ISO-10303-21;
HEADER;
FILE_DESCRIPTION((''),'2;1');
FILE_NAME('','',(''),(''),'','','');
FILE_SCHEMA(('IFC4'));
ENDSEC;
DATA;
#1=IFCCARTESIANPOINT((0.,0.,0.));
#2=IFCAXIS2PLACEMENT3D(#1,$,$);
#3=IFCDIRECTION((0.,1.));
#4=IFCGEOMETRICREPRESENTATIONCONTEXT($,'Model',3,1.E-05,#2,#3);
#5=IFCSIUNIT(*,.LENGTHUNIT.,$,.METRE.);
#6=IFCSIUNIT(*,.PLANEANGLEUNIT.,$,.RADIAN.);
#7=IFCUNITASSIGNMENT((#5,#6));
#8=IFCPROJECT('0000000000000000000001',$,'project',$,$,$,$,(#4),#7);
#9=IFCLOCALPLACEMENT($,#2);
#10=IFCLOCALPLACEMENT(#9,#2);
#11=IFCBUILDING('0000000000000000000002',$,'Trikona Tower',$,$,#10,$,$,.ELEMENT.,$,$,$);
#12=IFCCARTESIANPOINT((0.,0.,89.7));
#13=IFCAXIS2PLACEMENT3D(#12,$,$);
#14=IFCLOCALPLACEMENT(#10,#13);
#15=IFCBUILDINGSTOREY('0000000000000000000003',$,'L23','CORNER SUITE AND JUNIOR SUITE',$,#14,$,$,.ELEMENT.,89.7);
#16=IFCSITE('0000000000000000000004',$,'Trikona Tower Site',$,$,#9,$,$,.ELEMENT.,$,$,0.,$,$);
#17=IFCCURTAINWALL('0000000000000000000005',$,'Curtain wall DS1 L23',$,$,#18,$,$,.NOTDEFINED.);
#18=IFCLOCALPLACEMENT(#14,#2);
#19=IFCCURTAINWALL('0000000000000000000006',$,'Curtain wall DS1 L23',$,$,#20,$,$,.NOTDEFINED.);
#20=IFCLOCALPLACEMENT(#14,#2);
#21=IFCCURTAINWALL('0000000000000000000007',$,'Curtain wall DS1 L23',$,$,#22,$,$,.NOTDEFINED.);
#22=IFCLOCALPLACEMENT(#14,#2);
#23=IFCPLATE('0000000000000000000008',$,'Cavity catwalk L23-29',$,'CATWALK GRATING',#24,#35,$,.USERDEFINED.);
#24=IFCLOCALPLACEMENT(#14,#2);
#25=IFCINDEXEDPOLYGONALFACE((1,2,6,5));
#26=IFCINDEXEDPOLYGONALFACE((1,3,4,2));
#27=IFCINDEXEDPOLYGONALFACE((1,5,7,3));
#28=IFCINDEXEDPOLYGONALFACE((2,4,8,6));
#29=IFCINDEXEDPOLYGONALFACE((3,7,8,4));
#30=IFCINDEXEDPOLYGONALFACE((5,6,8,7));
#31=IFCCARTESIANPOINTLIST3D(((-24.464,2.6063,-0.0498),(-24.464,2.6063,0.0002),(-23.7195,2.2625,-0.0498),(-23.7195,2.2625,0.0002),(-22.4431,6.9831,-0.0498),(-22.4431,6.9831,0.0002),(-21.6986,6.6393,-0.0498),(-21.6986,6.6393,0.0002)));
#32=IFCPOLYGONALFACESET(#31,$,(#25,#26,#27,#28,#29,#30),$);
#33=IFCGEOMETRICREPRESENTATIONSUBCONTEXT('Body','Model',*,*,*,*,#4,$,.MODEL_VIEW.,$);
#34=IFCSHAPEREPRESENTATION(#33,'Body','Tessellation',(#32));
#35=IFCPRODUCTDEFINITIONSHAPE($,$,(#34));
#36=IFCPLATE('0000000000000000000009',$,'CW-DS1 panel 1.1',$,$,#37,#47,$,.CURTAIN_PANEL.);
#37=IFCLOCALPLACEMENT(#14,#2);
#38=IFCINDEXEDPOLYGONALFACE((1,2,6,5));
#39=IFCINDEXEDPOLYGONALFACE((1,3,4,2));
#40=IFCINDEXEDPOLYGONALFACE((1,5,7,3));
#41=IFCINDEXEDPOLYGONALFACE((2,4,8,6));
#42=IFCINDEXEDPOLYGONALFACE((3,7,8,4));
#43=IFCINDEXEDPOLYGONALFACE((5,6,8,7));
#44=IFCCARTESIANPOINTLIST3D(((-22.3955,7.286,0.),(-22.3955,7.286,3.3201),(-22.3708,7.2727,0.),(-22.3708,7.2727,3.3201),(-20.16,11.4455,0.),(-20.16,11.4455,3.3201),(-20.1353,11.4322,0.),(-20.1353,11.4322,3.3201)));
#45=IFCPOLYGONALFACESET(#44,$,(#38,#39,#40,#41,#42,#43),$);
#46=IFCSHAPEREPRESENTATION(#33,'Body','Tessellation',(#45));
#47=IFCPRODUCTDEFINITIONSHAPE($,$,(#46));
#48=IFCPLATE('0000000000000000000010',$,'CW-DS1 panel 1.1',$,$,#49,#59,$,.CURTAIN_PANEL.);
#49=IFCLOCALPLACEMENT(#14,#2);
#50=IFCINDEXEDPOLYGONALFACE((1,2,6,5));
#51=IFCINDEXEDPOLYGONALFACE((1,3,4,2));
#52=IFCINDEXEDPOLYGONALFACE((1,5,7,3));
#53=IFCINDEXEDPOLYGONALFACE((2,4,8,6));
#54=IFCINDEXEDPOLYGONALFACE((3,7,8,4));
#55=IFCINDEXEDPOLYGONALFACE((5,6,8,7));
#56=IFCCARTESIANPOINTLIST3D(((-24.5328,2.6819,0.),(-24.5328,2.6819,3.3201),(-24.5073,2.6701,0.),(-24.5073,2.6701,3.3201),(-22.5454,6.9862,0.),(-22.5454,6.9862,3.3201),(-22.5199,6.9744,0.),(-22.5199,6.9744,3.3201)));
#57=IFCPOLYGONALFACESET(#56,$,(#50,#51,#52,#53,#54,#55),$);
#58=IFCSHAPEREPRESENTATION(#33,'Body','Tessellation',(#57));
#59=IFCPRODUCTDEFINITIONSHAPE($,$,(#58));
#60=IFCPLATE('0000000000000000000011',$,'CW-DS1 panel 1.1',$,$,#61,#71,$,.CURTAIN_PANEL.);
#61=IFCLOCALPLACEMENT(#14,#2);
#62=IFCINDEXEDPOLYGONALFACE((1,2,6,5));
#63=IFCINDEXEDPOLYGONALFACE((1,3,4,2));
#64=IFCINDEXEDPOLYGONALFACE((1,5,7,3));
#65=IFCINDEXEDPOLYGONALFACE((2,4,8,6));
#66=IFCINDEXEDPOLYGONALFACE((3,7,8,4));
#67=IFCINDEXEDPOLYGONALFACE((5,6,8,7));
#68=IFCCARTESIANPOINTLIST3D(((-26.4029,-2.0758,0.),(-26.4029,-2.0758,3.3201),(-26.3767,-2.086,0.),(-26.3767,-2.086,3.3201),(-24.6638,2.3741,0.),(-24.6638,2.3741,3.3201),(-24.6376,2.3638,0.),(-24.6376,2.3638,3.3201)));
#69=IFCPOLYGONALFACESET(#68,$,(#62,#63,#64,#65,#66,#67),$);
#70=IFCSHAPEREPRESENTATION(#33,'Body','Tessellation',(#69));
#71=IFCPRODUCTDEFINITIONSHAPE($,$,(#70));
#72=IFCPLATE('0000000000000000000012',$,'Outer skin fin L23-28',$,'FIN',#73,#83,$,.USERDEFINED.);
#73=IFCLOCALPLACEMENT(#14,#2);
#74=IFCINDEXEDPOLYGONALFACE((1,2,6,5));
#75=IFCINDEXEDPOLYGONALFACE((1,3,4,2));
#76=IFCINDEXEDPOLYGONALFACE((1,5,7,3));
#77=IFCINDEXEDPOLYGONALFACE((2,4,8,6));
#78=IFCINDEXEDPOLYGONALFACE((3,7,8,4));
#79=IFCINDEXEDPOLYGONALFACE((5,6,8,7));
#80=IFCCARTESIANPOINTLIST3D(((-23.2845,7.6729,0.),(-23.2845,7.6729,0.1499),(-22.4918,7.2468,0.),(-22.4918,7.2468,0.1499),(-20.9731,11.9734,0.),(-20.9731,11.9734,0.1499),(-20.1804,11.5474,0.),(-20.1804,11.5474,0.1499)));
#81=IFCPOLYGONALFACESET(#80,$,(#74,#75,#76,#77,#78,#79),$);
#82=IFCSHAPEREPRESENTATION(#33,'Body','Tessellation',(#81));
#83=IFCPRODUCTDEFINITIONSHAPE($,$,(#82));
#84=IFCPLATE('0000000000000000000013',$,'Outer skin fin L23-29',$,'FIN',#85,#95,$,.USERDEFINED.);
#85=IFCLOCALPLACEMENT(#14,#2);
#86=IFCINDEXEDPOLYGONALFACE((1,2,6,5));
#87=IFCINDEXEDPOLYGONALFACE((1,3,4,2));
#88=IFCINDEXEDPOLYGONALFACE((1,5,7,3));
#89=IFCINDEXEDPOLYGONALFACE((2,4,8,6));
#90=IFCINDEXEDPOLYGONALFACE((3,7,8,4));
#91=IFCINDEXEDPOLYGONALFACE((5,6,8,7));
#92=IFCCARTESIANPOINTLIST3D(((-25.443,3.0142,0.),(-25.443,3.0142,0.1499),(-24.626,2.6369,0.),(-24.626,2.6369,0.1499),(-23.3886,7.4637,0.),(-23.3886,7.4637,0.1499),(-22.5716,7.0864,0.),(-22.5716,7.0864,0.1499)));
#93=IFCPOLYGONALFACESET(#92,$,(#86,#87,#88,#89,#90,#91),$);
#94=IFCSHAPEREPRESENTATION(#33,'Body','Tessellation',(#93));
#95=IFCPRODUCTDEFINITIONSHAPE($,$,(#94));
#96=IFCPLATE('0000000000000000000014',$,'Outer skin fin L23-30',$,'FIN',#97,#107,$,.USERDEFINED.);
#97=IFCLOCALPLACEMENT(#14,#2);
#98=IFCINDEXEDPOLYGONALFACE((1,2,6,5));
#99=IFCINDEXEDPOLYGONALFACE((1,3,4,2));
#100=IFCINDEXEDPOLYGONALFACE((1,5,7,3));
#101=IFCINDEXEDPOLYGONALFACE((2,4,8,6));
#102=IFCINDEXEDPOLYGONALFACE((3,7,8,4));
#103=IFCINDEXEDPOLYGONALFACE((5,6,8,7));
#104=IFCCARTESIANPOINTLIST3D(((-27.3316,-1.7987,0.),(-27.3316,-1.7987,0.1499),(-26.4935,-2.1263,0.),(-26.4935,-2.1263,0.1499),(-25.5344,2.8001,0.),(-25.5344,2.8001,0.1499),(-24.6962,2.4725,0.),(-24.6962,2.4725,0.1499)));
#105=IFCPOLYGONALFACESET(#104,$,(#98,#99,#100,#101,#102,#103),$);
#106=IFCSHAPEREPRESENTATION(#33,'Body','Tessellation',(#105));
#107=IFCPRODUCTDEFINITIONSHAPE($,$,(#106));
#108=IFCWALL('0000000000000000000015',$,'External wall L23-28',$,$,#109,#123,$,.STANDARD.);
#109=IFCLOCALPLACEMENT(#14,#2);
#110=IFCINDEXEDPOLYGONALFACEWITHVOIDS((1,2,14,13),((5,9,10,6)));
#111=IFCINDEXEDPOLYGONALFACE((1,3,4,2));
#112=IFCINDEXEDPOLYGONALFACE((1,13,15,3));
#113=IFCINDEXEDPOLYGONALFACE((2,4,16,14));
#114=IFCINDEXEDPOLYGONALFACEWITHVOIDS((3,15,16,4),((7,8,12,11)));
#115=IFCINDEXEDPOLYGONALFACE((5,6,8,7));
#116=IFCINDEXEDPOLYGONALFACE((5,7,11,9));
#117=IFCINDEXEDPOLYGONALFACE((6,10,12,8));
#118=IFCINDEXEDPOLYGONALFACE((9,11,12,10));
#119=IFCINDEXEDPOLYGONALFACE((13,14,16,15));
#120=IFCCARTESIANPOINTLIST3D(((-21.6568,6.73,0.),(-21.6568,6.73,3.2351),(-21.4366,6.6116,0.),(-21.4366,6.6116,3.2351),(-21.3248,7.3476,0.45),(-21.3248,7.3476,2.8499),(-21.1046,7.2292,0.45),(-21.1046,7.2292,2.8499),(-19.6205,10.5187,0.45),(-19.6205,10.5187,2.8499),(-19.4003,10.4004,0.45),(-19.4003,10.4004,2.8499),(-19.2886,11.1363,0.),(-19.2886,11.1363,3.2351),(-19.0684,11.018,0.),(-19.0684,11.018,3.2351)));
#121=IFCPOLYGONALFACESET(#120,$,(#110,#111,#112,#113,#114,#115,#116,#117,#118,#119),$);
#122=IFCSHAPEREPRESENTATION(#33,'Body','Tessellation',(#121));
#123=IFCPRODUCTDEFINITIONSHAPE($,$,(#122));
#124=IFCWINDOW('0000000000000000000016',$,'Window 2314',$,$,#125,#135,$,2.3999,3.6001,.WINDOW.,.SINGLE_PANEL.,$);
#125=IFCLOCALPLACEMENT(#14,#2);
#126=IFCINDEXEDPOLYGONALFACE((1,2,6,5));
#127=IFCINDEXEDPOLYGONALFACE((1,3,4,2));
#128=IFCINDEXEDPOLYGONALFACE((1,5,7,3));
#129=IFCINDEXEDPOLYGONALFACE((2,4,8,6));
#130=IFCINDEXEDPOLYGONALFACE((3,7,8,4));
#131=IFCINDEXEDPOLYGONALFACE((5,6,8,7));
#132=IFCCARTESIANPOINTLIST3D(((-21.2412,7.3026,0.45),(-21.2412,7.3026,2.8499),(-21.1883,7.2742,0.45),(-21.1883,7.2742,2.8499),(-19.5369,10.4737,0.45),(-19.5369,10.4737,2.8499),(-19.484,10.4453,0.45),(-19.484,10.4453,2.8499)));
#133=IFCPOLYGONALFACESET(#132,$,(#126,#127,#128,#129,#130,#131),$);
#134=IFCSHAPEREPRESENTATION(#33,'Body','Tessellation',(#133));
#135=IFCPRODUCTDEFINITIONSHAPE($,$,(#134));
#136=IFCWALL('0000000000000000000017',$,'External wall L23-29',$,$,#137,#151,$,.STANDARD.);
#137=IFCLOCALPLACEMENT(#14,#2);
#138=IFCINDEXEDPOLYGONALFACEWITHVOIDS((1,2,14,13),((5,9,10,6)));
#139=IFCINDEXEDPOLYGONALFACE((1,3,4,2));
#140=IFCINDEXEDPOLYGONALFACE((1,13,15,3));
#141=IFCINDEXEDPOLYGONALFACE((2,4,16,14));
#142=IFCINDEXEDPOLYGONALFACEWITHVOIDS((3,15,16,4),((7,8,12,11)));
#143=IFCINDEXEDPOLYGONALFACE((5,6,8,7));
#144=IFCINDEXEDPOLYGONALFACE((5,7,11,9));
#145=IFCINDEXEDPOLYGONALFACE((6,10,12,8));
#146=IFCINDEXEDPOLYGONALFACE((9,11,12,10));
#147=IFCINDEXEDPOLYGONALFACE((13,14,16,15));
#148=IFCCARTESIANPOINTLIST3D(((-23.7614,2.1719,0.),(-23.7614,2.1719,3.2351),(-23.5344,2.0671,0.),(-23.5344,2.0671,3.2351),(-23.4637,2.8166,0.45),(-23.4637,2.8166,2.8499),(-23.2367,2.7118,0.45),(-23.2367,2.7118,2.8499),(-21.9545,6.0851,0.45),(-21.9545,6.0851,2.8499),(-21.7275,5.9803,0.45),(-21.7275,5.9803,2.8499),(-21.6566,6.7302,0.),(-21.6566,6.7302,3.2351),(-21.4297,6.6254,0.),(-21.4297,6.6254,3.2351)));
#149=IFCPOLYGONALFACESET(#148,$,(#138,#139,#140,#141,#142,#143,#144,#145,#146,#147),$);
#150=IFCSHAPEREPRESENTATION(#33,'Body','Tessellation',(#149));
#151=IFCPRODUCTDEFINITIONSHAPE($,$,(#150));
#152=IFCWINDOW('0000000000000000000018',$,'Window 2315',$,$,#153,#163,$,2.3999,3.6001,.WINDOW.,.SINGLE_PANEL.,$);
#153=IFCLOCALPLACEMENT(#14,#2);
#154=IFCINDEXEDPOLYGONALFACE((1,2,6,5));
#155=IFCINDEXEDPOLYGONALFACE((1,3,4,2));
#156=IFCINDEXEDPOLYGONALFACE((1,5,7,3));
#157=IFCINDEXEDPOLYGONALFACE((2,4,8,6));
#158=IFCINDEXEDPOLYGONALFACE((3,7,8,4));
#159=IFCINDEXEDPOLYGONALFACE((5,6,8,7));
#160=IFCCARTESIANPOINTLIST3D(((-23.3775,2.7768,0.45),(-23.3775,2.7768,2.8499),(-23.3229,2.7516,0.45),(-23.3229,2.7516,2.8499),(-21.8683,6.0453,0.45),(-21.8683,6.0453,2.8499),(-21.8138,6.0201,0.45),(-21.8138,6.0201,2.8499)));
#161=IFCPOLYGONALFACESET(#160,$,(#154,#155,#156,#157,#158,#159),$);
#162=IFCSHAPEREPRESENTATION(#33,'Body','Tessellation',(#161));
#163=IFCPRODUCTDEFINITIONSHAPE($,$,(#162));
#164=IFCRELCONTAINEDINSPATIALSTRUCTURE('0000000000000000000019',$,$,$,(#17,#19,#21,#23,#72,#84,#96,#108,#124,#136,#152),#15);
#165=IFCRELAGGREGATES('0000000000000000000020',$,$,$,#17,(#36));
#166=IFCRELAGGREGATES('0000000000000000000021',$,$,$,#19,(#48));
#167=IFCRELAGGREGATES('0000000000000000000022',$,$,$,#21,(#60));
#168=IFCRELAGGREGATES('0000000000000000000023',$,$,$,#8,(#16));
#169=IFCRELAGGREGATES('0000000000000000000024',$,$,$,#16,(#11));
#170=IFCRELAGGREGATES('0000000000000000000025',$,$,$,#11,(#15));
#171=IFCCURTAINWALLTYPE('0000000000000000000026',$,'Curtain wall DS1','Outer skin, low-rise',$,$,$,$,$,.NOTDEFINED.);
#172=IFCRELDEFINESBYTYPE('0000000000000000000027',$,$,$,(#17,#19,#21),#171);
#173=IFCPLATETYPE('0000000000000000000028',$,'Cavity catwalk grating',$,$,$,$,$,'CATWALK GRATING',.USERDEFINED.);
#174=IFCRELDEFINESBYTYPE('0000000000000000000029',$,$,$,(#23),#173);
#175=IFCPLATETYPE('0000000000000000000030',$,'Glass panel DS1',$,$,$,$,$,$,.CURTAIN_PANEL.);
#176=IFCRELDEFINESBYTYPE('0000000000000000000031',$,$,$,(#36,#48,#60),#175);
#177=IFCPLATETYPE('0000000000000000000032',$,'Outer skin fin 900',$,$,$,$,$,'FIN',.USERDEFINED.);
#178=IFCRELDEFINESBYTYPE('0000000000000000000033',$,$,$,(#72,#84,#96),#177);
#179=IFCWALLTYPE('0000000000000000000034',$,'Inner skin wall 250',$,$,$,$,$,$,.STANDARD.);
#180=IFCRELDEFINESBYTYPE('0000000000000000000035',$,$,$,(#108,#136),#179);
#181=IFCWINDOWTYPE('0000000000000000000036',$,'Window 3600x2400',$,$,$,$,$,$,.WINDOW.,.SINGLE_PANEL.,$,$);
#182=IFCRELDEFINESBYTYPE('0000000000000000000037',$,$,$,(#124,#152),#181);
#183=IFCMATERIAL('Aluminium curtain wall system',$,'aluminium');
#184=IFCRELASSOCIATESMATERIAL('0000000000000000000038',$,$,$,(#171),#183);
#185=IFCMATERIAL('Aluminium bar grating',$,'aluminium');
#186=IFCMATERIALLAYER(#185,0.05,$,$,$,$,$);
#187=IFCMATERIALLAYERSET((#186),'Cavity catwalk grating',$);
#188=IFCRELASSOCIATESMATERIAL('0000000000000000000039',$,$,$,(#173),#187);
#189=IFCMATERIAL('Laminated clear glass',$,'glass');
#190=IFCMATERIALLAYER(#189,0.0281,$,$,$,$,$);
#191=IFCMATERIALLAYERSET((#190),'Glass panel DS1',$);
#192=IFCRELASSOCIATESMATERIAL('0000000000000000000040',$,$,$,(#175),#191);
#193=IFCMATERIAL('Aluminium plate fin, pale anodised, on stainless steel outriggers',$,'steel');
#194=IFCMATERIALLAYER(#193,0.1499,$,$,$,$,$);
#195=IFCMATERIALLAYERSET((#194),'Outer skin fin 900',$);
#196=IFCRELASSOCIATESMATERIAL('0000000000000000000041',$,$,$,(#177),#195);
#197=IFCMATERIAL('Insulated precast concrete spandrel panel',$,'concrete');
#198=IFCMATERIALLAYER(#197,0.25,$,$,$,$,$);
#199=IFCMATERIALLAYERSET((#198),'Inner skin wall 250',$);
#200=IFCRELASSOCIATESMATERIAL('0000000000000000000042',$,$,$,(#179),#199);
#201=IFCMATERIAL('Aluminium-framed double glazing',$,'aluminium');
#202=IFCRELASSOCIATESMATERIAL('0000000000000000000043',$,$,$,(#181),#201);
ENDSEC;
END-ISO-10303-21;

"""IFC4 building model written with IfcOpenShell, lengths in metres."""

from ifc_helpers import new_model, si_unit, direction, frame, frame_2d, origin, origin_2d, place, context, subcontext, project, spatial, rectangle, extrude, material, layer, layer_set, type_object, element, fill, aggregate, save


model = new_model("IFC4")

# Units and contexts
model_context = context("Model", 3, precision=1e-05, world=origin(), true_north=direction((0.0, 1.0)))
body_context = subcontext(model_context, "Body", "Model", "MODEL_VIEW")
ifc_project = project(units=[si_unit("LENGTHUNIT", "METRE"), si_unit("PLANEANGLEUNIT", "RADIAN")], contexts=[model_context])

# Site, building, storey
site_placement = place(None, origin())
site = spatial("IfcSite", under=ifc_project, at=site_placement, Name="Trikona Tower Site", CompositionType="ELEMENT", RefElevation=0.0)
building_placement = place(site_placement, origin())
building = spatial("IfcBuilding", under=site, at=building_placement, Name="Trikona Tower", CompositionType="ELEMENT")
storey_placement = place(building_placement, frame((0.0, 0.0, 89.7)))
storey = spatial("IfcBuildingStorey", under=building, at=storey_placement, Name="L23", Description="CORNER SUITE AND JUNIOR SUITE", CompositionType="ELEMENT", Elevation=89.7)

# Shared definitions
ifc_material_1 = material(Name="Aluminium curtain wall system", Category="aluminium")
curtain_wall_type = type_object("IfcCurtainWallType", Name="Curtain wall DS1", Description="Outer skin, low-rise", PredefinedType="NOTDEFINED", material=ifc_material_1)

# Curtain walls
curtain_wall_1_placement = place(storey_placement, origin())
curtain_wall_1 = element("IfcCurtainWall", 1, at=curtain_wall_1_placement, inside=storey, type_object=curtain_wall_type, Name="Curtain wall DS1 L23", PredefinedType="NOTDEFINED")
curtain_wall_2_placement = place(storey_placement, origin())
curtain_wall_2 = element("IfcCurtainWall", 2, at=curtain_wall_2_placement, inside=storey, type_object=curtain_wall_type, Name="Curtain wall DS1 L23", PredefinedType="NOTDEFINED")

# Curtain wall
curtain_wall_3_placement = place(storey_placement, origin())
curtain_wall_3 = element("IfcCurtainWall", 3, at=curtain_wall_3_placement, inside=storey, type_object=curtain_wall_type, Name="Curtain wall DS1 L23", PredefinedType="NOTDEFINED")

# Plate
ifc_material_2 = material(Name="Aluminium bar grating", Category="aluminium")
ifc_layer_1 = layer(ifc_material_2, 0.05)
ifc_layer_set_1 = layer_set([ifc_layer_1], Name="Cavity catwalk grating")
plate_type_1 = type_object("IfcPlateType", Name="Cavity catwalk grating", ElementType="CATWALK GRATING", PredefinedType="USERDEFINED", material=ifc_layer_set_1)
plate_1_placement = place(storey_placement, frame((-23.0813, 4.6228, -0.0498), z_axis=(0.0, 0.0, 1.0), x_axis=(-0.419194, -0.907897, 0.0)))
element("IfcPlate", 4, at=plate_1_placement, inside=storey, type_object=plate_type_1, Name="Cavity catwalk L23-29", ObjectType="CATWALK GRATING", PredefinedType="USERDEFINED", context=body_context, shape_type="SweptSolid", body=[
    extrude(rectangle(XDim=4.8208, YDim=0.8201, at=origin_2d()), origin(), (0.0, 0.0, 1.0), 0.05),
])

# Plates
ifc_material_3 = material(Name="Laminated clear glass", Category="glass")
ifc_layer_2 = layer(ifc_material_3, 0.0281)
ifc_layer_set_2 = layer_set([ifc_layer_2], Name="Glass panel DS1")
plate_type_2 = type_object("IfcPlateType", Name="Glass panel DS1", PredefinedType="CURTAIN_PANEL", material=ifc_layer_set_2)
plate_2_placement = place(storey_placement, frame((-21.2654, 9.3591, 0.0), z_axis=(0.0, 0.0, 1.0), x_axis=(-0.473408, -0.880843, 0.0)))
plate_2 = element("IfcPlate", 5, at=plate_2_placement, type_object=plate_type_2, Name="CW-DS1 panel 1.1", PredefinedType="CURTAIN_PANEL", context=body_context, shape_type="SweptSolid", body=[
    extrude(rectangle(XDim=4.7222, YDim=0.0281, at=origin_2d()), origin(), (0.0, 0.0, 1.0), 3.3201),
])
aggregate(curtain_wall_1, [plate_2])
plate_3_placement = place(storey_placement, frame((-23.5264, 4.8281, 0.0), z_axis=(0.0, 0.0, 1.0), x_axis=(-0.41919, -0.907898, 0.0)))
plate_3 = element("IfcPlate", 6, at=plate_3_placement, type_object=plate_type_2, Name="CW-DS1 panel 1.1", PredefinedType="CURTAIN_PANEL", context=body_context, shape_type="SweptSolid", body=[
    extrude(rectangle(XDim=4.741, YDim=0.0281, at=origin_2d()), origin(), (0.0, 0.0, 1.0), 3.3201),
])
aggregate(curtain_wall_2, [plate_3])
plate_4_placement = place(storey_placement, frame((-25.5203, 0.144, 0.0), z_axis=(0.0, 0.0, 1.0), x_axis=(-0.364008, -0.931396, 0.0)))
plate_4 = element("IfcPlate", 7, at=plate_4_placement, type_object=plate_type_2, Name="CW-DS1 panel 1.1", PredefinedType="CURTAIN_PANEL", context=body_context, shape_type="SweptSolid", body=[
    extrude(rectangle(XDim=4.7776, YDim=0.0281, at=origin_2d()), origin(), (0.0, 0.0, 1.0), 3.3201),
])
aggregate(curtain_wall_3, [plate_4])

# Plates
ifc_material_4 = material(Name="Aluminium plate fin, pale anodised, on stainless steel outriggers", Category="steel")
ifc_layer_3 = layer(ifc_material_4, 0.1499)
ifc_layer_set_3 = layer_set([ifc_layer_3], Name="Outer skin fin 900")
plate_type_3 = type_object("IfcPlateType", Name="Outer skin fin 900", ElementType="FIN", PredefinedType="USERDEFINED", material=ifc_layer_set_3)
plate_5_placement = place(storey_placement, frame((-21.7324, 9.6101, 0.0), z_axis=(0.0, 0.0, 1.0), x_axis=(-0.473423, -0.880835, 0.0)))
element("IfcPlate", 8, at=plate_5_placement, inside=storey, type_object=plate_type_3, Name="Outer skin fin L23-28", ObjectType="FIN", PredefinedType="USERDEFINED", context=body_context, shape_type="SweptSolid", body=[
    extrude(rectangle(XDim=4.8823, YDim=0.8999, at=origin_2d()), origin(), (0.0, 0.0, 1.0), 0.1499),
])
plate_6_placement = place(storey_placement, frame((-24.0073, 5.0503, 0.0), z_axis=(0.0, 0.0, 1.0), x_axis=(-0.419194, -0.907897, 0.0)))
element("IfcPlate", 9, at=plate_6_placement, inside=storey, type_object=plate_type_3, Name="Outer skin fin L23-29", ObjectType="FIN", PredefinedType="USERDEFINED", context=body_context, shape_type="SweptSolid", body=[
    extrude(rectangle(XDim=4.9009, YDim=0.8999, at=origin_2d()), origin(), (0.0, 0.0, 1.0), 0.1499),
])
plate_7_placement = place(storey_placement, frame((-26.0139, 0.3369, 0.0), z_axis=(0.0, 0.0, 1.0), x_axis=(-0.364009, -0.931395, 0.0)))
element("IfcPlate", 10, at=plate_7_placement, inside=storey, type_object=plate_type_3, Name="Outer skin fin L23-30", ObjectType="FIN", PredefinedType="USERDEFINED", context=body_context, shape_type="SweptSolid", body=[
    extrude(rectangle(XDim=4.9375, YDim=0.8999, at=origin_2d()), origin(), (0.0, 0.0, 1.0), 0.1499),
])

# Walls, openings, windows
ifc_material_5 = material(Name="Insulated precast concrete spandrel panel", Category="concrete")
ifc_layer_4 = layer(ifc_material_5, 0.25)
ifc_layer_set_4 = layer_set([ifc_layer_4], Name="Inner skin wall 250")
wall_type = type_object("IfcWallType", Name="Inner skin wall 250", PredefinedType="STANDARD", material=ifc_layer_set_4)
wall_1_placement = place(storey_placement, frame((-19.1785, 11.0771, 0.0), z_axis=(0.0, 0.0, 1.0), x_axis=(-0.473413, -0.880841, 0.0)))
wall_1 = element("IfcWall", 11, at=wall_1_placement, inside=storey, type_object=wall_type, Name="External wall L23-28", PredefinedType="STANDARD", context=body_context, shape_type="SweptSolid", body=[
    extrude(rectangle(XDim=5.0024, YDim=0.25, at=frame_2d((2.5012, 0.0))), origin(), (0.0, 0.0, 1.0), 3.2351),
])
opening_1_placement = place(wall_1_placement, frame((0.7012, 0.0, 0.45)))
opening_1 = element("IfcOpeningElement", 12, at=opening_1_placement, cuts=wall_1, PredefinedType="OPENING", context=body_context, shape_type="SweptSolid", body=[
    extrude(rectangle(XDim=3.6001, YDim=2.3999, at=frame_2d((1.8, 1.2))), frame((0.0, 0.135, 0.0), z_axis=(0.0, -1.0, 0.0), x_axis=(1.0, 0.0, 0.0)), (0.0, 0.0, 1.0), 0.27),
])
ifc_material_6 = material(Name="Aluminium-framed double glazing", Category="aluminium")
window_type = type_object("IfcWindowType", Name="Window 3600x2400", PartitioningType="SINGLE_PANEL", PredefinedType="WINDOW", material=ifc_material_6)
window_1_placement = place(opening_1_placement, origin())
window_1 = element("IfcWindow", 13, at=window_1_placement, inside=storey, type_object=window_type, Name="Window 2314", OverallHeight=2.3999, OverallWidth=3.6001, PartitioningType="SINGLE_PANEL", PredefinedType="WINDOW", context=body_context, shape_type="SweptSolid", body=[
    extrude(rectangle(XDim=3.6001, YDim=2.3999, at=frame_2d((1.8, 1.2))), frame((0.0, 0.03, 0.0), z_axis=(0.0, -1.0, 0.0), x_axis=(1.0, 0.0, 0.0)), (0.0, 0.0, 1.0), 0.0601),
])
fill(opening_1, window_1)
wall_2_placement = place(storey_placement, frame((-21.5432, 6.6777, 0.0), z_axis=(0.0, 0.0, 1.0), x_axis=(-0.419203, -0.907892, 0.0)))
wall_2 = element("IfcWall", 14, at=wall_2_placement, inside=storey, type_object=wall_type, Name="External wall L23-29", PredefinedType="STANDARD", context=body_context, shape_type="SweptSolid", body=[
    extrude(rectangle(XDim=5.0208, YDim=0.25, at=frame_2d((2.5103, 0.0))), origin(), (0.0, 0.0, 1.0), 3.2351),
])
opening_2_placement = place(wall_2_placement, frame((0.7104, 0.0, 0.45)))
opening_2 = element("IfcOpeningElement", 15, at=opening_2_placement, cuts=wall_2, PredefinedType="OPENING", context=body_context, shape_type="SweptSolid", body=[
    extrude(rectangle(XDim=3.6001, YDim=2.3999, at=frame_2d((1.8, 1.2))), frame((0.0, 0.135, 0.0), z_axis=(0.0, -1.0, 0.0), x_axis=(1.0, 0.0, 0.0)), (0.0, 0.0, 1.0), 0.27),
])
window_2_placement = place(opening_2_placement, origin())
window_2 = element("IfcWindow", 16, at=window_2_placement, inside=storey, type_object=window_type, Name="Window 2315", OverallHeight=2.3999, OverallWidth=3.6001, PartitioningType="SINGLE_PANEL", PredefinedType="WINDOW", context=body_context, shape_type="SweptSolid", body=[
    extrude(rectangle(XDim=3.6001, YDim=2.3999, at=frame_2d((1.8, 1.2))), frame((0.0, 0.03, 0.0), z_axis=(0.0, -1.0, 0.0), x_axis=(1.0, 0.0, 0.0)), (0.0, 0.0, 1.0), 0.0601),
])
fill(opening_2, window_2)

save(model, "model.ifc")
